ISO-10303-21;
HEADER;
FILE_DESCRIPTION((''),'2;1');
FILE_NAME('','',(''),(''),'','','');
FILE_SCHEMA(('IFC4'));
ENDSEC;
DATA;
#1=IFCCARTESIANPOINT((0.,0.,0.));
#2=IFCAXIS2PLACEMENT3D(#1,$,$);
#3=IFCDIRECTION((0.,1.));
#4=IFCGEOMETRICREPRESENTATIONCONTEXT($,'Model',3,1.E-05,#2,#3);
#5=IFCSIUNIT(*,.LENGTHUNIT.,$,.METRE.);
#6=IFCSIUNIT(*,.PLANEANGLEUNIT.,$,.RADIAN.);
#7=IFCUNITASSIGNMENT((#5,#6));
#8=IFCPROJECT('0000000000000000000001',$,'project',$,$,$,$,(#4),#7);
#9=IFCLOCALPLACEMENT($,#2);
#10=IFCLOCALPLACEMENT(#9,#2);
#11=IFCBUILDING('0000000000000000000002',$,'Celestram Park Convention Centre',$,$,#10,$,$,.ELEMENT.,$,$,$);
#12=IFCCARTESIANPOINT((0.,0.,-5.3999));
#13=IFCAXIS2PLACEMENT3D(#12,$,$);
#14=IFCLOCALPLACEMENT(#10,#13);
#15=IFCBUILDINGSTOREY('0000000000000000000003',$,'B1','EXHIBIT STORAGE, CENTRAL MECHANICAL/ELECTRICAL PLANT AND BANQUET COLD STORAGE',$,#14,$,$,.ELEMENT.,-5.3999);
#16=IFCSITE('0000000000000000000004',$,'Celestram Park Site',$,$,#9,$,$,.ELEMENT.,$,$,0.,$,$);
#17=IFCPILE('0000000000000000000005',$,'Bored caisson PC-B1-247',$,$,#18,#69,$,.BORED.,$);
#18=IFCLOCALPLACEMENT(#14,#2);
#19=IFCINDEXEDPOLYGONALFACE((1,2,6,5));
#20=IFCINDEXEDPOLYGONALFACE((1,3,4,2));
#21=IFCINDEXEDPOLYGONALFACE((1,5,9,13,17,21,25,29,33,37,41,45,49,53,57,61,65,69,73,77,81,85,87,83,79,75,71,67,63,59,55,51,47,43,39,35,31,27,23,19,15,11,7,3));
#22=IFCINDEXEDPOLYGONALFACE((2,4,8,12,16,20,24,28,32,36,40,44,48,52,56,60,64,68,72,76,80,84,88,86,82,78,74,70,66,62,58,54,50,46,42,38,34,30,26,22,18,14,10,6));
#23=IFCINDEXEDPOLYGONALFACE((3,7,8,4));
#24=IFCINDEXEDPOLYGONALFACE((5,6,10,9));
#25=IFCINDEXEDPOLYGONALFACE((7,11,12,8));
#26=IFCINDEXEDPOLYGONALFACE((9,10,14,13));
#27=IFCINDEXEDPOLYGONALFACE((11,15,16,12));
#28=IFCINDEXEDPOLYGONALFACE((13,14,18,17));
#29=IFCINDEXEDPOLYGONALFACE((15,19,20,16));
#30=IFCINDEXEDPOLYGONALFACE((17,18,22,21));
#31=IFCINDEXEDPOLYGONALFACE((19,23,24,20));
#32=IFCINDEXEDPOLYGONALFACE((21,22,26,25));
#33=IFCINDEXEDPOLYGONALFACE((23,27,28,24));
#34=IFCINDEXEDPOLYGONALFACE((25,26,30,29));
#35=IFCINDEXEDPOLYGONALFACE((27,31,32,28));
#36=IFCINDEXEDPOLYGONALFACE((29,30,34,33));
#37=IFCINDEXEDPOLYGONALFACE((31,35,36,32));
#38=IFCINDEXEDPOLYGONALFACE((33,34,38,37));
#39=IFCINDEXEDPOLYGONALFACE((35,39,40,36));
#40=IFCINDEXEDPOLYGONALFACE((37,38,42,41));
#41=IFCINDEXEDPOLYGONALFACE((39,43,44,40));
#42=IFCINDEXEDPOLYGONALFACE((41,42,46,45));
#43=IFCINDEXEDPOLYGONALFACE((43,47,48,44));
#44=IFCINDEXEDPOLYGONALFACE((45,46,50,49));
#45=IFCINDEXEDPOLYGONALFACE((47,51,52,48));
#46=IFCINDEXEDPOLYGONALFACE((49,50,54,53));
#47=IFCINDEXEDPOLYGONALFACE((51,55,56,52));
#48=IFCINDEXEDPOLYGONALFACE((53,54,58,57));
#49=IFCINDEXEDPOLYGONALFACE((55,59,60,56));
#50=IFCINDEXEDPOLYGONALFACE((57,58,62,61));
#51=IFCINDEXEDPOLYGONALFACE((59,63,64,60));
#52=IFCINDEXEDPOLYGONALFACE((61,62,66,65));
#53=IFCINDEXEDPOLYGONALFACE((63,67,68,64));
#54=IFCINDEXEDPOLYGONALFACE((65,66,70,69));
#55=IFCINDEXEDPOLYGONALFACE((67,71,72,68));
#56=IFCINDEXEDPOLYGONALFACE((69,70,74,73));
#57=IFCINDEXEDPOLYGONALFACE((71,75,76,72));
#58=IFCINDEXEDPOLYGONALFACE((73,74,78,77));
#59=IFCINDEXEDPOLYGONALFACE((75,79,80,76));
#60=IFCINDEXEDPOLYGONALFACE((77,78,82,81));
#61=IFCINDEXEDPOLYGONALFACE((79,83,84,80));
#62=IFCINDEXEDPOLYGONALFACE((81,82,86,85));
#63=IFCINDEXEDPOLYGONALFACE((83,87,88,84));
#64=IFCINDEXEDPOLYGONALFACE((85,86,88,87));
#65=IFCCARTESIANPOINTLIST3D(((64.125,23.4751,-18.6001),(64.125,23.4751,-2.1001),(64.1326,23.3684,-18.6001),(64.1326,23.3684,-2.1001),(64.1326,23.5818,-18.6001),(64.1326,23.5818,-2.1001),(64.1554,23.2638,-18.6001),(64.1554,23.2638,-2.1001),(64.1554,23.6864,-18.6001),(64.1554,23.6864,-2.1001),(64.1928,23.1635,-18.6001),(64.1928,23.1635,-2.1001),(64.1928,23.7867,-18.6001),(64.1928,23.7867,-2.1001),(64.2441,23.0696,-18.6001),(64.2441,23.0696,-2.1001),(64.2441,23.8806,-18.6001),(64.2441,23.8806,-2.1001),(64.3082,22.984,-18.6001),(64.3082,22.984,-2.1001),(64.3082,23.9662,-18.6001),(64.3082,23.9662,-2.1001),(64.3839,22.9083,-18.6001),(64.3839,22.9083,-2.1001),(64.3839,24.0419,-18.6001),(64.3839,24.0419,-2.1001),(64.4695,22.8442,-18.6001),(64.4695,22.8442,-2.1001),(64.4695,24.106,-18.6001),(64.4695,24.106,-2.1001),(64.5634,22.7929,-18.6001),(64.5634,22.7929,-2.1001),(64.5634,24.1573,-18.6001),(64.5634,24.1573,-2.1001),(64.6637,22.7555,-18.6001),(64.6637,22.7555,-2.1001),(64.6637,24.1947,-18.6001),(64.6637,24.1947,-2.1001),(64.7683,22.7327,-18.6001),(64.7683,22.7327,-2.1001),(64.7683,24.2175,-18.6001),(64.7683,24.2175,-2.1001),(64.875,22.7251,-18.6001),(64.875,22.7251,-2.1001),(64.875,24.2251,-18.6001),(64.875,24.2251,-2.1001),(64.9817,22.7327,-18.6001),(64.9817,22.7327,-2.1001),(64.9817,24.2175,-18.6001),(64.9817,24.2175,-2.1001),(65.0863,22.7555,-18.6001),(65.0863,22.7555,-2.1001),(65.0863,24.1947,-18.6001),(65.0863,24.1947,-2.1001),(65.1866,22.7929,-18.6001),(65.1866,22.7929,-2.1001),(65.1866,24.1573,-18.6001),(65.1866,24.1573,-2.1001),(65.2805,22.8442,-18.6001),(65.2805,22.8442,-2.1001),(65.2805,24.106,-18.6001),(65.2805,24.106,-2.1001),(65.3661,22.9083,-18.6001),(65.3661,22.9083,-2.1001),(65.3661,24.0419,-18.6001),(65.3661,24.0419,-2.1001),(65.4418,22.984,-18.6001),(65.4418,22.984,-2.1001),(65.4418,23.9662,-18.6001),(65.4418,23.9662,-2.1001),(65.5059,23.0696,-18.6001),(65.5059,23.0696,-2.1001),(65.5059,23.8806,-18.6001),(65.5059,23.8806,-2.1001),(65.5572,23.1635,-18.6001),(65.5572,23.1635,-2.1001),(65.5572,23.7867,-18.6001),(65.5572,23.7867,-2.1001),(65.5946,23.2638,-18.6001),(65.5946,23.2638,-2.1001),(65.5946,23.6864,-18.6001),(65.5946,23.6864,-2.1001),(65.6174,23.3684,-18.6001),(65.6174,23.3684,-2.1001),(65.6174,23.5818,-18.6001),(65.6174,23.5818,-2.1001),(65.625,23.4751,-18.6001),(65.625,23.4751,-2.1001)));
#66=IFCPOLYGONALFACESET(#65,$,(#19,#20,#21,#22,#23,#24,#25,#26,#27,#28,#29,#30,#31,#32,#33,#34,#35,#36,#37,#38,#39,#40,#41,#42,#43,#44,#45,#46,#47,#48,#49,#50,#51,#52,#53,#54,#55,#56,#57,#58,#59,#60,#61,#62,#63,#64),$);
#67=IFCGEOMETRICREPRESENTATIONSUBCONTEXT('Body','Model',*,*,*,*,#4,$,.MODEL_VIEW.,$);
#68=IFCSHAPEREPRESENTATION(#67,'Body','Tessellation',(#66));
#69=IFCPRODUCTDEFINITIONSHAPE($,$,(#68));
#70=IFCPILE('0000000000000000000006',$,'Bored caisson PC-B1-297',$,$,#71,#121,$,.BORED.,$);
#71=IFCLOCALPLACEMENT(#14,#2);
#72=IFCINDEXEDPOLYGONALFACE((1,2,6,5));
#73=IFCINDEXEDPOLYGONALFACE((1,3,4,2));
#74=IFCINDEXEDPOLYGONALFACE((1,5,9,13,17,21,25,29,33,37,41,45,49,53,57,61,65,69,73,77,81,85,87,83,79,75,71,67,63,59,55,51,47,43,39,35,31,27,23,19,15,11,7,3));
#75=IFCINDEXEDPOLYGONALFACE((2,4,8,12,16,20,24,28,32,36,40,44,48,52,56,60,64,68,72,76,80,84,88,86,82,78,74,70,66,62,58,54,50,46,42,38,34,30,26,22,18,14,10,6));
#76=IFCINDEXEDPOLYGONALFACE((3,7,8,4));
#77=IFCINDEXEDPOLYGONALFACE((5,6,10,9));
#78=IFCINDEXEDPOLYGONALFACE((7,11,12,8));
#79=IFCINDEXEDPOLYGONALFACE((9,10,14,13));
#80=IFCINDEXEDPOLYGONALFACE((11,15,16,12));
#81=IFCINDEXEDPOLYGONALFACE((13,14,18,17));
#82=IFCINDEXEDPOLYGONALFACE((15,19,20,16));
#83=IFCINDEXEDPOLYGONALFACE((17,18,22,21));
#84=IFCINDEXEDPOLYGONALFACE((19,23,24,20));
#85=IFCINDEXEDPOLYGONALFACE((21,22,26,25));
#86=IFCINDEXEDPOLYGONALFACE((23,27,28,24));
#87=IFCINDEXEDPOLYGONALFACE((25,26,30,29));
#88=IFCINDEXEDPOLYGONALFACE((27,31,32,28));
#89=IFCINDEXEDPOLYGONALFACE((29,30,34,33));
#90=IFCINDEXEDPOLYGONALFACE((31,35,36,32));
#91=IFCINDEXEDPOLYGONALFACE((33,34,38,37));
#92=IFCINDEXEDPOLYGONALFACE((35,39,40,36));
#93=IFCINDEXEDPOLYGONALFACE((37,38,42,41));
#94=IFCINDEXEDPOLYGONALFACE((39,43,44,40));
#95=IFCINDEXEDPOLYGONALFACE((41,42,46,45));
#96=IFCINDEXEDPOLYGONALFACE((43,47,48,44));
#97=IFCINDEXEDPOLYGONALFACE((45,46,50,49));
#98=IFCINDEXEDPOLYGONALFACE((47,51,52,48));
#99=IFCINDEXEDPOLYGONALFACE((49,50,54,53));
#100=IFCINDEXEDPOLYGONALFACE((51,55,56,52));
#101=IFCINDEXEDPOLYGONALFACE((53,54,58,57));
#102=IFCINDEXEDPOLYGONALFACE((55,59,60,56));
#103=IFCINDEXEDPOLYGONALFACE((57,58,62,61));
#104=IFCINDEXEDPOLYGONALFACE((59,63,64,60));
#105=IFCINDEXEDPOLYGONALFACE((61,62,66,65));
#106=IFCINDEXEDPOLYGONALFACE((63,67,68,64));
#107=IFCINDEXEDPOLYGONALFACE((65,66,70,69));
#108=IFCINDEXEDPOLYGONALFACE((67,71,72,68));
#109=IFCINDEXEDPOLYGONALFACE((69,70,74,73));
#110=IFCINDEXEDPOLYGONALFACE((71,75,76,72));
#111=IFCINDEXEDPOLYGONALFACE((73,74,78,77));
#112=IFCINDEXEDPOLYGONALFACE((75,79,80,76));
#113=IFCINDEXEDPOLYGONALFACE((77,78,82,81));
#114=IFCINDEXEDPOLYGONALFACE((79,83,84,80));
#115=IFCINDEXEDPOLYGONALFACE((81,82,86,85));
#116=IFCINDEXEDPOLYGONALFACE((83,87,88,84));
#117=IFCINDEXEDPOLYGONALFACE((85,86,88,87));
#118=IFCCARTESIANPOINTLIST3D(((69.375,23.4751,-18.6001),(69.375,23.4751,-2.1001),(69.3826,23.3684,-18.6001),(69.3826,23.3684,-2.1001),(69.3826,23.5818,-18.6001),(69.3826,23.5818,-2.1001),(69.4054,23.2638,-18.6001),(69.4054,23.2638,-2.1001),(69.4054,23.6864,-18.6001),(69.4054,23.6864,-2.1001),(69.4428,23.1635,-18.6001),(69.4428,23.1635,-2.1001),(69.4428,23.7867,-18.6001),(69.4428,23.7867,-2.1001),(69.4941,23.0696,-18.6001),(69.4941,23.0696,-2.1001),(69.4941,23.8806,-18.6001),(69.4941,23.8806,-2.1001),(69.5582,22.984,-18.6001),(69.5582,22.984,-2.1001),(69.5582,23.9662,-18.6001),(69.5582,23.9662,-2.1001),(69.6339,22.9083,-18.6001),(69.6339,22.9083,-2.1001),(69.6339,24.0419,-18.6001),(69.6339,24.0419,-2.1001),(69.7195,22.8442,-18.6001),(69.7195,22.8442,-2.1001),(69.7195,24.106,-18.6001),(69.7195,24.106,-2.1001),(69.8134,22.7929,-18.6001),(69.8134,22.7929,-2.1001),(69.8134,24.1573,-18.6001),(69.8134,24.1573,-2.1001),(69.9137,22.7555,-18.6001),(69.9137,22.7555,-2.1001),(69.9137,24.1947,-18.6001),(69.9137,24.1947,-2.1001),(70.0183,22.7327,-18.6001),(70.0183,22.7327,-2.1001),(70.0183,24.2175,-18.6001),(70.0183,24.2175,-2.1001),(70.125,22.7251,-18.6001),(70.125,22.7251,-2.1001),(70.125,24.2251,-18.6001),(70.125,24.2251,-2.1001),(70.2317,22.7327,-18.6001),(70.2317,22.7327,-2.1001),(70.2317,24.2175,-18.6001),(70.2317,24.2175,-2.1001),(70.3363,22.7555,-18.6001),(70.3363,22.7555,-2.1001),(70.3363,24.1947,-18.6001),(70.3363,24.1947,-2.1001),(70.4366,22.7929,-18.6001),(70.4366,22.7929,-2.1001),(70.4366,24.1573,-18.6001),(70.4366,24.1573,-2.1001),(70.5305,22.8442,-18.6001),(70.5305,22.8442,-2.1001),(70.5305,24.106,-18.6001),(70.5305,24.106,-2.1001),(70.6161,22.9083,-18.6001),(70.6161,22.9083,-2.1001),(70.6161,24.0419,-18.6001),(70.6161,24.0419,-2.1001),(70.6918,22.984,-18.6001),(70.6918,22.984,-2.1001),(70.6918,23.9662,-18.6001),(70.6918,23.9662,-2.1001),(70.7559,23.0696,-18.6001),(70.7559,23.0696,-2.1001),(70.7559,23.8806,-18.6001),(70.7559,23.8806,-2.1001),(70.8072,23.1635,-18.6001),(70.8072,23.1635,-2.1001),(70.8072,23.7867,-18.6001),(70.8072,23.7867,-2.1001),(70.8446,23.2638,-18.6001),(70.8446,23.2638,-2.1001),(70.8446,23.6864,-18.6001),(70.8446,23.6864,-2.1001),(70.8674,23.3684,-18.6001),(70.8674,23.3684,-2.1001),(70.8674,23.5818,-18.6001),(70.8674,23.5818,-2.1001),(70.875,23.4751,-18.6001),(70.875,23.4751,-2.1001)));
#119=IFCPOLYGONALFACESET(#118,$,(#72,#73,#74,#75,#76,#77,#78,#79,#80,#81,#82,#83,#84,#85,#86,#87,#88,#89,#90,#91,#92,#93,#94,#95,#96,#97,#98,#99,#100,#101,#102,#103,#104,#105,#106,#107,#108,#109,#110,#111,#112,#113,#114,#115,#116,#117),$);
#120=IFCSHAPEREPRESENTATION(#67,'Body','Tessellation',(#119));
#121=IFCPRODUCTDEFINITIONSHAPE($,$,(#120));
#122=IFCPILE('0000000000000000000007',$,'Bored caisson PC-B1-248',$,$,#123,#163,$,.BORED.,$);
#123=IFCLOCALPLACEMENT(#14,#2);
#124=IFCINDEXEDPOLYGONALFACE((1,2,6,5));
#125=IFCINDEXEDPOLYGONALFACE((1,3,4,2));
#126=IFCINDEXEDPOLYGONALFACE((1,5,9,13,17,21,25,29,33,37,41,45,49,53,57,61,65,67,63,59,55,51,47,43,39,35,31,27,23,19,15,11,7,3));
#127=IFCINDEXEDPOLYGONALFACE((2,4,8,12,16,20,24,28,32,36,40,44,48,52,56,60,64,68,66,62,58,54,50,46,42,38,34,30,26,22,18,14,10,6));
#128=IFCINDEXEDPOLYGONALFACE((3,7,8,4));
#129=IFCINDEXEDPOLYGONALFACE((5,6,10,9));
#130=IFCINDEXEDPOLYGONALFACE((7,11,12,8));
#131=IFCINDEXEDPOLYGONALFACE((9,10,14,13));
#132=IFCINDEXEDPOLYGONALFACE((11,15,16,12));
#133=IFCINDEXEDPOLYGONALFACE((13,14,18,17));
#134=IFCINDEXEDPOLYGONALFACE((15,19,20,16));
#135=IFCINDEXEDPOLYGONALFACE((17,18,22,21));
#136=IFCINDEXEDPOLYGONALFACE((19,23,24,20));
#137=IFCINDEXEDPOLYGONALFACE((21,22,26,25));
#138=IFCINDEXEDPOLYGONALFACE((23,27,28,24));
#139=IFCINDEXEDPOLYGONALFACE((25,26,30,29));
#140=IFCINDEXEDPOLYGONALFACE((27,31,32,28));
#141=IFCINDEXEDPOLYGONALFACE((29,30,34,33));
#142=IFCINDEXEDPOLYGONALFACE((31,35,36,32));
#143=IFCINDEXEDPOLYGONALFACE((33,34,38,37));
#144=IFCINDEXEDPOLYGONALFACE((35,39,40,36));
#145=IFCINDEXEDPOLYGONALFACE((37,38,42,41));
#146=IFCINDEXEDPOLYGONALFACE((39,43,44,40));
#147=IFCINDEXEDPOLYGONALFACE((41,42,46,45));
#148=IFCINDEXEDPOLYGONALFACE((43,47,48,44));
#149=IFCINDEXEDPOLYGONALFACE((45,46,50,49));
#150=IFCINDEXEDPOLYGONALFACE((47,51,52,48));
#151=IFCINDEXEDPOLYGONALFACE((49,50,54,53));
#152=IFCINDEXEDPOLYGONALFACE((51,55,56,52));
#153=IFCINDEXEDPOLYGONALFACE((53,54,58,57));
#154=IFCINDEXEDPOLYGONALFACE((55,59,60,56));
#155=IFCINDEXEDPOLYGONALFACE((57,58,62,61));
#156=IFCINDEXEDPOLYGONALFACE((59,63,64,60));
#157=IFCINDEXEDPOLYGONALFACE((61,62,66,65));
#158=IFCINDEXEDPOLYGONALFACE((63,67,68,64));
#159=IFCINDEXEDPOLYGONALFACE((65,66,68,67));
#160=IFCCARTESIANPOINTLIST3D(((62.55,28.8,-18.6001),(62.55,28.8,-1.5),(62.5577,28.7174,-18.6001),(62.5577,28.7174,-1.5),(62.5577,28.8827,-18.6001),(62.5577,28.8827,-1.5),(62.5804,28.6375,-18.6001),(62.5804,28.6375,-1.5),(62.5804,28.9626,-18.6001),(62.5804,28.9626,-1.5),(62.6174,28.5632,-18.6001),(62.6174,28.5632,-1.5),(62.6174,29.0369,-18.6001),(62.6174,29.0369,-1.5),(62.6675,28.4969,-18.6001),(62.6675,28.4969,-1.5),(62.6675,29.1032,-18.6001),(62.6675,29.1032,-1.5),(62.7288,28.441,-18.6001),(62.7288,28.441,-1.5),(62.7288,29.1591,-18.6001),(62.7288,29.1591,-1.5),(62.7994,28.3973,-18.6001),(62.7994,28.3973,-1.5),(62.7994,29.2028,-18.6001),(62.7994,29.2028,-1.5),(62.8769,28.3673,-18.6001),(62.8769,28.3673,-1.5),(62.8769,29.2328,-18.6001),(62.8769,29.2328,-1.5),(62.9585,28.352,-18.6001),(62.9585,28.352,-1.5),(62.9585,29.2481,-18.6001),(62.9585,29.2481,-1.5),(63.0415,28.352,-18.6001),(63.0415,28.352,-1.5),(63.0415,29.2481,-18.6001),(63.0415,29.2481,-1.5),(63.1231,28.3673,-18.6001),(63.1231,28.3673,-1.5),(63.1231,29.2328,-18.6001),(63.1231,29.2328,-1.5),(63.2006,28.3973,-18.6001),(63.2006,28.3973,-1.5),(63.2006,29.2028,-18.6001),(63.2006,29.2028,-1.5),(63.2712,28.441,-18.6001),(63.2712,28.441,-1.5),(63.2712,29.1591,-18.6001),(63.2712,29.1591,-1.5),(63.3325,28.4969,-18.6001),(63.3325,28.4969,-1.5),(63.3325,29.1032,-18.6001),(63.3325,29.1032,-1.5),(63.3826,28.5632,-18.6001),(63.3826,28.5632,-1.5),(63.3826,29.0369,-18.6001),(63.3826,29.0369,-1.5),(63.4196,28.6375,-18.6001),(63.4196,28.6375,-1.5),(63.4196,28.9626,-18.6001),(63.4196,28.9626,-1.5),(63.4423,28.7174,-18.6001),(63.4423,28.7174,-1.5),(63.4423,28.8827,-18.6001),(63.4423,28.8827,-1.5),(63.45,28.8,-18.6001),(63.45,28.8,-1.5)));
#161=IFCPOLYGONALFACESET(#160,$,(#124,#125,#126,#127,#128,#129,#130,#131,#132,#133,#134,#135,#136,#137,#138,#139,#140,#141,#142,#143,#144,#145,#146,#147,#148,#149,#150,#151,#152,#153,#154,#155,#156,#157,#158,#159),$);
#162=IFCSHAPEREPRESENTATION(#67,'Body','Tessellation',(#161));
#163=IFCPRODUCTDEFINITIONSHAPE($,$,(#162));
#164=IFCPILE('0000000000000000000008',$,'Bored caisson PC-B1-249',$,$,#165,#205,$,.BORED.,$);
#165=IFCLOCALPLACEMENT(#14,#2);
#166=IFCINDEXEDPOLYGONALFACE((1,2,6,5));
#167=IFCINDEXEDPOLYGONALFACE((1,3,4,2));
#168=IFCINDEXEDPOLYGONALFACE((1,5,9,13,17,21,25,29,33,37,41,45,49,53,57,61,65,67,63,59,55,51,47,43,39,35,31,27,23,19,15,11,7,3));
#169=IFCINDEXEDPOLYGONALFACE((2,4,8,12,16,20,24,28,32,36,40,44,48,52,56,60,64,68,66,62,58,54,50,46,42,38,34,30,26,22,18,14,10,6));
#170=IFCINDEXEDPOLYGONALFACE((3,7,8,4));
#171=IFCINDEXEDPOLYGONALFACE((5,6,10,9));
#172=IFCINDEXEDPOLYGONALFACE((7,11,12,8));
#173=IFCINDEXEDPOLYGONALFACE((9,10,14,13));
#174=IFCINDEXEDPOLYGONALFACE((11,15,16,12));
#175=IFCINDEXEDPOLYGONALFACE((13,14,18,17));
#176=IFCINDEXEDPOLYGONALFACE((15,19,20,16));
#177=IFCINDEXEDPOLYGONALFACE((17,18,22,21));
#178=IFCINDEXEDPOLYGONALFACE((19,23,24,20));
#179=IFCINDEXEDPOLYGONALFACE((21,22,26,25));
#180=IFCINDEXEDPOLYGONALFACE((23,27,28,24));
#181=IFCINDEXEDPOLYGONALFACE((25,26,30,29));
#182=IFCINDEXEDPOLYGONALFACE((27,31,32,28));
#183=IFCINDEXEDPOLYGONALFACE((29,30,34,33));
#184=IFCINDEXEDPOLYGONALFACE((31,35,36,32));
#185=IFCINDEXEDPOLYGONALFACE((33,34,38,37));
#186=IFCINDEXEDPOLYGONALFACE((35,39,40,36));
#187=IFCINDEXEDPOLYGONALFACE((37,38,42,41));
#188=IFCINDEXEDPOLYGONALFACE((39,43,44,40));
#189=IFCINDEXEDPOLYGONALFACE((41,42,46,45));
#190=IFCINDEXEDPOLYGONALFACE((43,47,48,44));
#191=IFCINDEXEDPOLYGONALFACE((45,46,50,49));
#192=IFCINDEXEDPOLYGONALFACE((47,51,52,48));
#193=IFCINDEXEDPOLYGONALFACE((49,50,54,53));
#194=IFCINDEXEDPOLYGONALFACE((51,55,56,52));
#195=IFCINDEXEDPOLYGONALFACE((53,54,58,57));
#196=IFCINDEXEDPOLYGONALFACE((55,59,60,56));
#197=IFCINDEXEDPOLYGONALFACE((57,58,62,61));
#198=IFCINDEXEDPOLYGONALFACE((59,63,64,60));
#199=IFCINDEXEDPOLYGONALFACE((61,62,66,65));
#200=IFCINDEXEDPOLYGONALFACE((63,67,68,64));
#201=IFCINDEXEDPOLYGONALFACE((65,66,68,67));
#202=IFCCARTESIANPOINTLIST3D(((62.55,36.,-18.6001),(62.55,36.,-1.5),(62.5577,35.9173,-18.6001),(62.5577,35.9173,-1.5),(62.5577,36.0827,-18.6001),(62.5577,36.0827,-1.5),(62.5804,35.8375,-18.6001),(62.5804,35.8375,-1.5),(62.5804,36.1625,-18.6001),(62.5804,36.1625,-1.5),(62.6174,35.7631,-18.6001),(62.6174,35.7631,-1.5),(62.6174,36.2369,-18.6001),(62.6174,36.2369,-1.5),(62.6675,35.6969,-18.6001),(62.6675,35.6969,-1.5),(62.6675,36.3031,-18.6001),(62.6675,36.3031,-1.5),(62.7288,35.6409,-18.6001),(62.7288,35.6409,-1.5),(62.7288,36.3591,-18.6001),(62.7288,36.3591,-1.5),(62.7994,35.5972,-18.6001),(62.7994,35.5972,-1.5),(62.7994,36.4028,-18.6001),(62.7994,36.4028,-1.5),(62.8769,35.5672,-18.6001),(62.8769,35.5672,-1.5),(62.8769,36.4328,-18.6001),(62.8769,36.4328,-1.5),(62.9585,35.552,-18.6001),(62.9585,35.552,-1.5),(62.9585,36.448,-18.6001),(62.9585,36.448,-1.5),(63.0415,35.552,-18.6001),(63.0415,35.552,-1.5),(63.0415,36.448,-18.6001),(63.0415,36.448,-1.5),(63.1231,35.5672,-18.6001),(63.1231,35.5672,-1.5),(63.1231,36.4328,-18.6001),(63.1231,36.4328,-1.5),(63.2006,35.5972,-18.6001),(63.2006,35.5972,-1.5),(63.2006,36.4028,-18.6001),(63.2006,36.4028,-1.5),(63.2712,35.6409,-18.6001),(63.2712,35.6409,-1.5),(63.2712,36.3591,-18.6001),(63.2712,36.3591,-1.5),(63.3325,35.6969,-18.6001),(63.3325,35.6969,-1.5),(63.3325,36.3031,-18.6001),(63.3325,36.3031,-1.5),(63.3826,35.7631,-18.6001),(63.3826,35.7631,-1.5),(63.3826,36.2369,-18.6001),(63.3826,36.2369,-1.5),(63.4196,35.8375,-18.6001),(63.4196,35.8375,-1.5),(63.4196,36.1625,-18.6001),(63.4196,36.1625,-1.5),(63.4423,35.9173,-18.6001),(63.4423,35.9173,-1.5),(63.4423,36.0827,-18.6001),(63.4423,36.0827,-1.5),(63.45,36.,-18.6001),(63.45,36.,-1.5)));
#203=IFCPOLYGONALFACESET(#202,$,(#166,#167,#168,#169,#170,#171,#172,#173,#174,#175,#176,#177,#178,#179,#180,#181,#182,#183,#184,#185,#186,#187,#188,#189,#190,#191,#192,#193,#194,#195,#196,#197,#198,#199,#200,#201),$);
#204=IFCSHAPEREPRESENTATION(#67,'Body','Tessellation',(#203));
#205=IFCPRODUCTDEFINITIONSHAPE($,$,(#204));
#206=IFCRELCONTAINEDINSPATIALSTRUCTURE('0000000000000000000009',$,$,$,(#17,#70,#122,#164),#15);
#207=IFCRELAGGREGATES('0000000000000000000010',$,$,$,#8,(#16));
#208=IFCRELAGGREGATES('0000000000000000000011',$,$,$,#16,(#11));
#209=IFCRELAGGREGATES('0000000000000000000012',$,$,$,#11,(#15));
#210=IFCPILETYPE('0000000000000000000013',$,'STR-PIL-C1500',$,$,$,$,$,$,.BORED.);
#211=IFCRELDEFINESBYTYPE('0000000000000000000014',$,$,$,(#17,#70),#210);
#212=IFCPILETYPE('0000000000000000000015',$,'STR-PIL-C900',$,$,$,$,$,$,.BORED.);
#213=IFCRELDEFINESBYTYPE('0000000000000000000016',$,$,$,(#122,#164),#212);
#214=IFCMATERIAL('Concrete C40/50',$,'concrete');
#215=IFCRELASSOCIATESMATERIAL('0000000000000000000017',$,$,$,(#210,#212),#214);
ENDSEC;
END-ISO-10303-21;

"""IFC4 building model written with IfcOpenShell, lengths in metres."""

from ifc_helpers import new_model, si_unit, direction, frame, origin, origin_2d, place, context, subcontext, project, spatial, circle, extrude, material, material_profile, profile_set, type_object, element, save


model = new_model("IFC4")

# Units and contexts
model_context = context("Model", 3, precision=1e-05, world=origin(), true_north=direction((0.0, 1.0)))
body_context = subcontext(model_context, "Body", "Model", "MODEL_VIEW")
ifc_project = project(units=[si_unit("LENGTHUNIT", "METRE"), si_unit("PLANEANGLEUNIT", "RADIAN")], contexts=[model_context])

# Site, building, storey
site_placement = place(None, origin())
site = spatial("IfcSite", under=ifc_project, at=site_placement, Name="Celestram Park Site", CompositionType="ELEMENT", RefElevation=0.0)
building_placement = place(site_placement, origin())
building = spatial("IfcBuilding", under=site, at=building_placement, Name="Celestram Park Convention Centre", CompositionType="ELEMENT")
storey_placement = place(building_placement, frame((0.0, 0.0, -5.3999)))
storey = spatial("IfcBuildingStorey", under=building, at=storey_placement, Name="B1", Description="EXHIBIT STORAGE, CENTRAL MECHANICAL/ELECTRICAL PLANT AND BANQUET COLD STORAGE", CompositionType="ELEMENT", Elevation=-5.3999)

# Shared definitions
ifc_material_1 = material(Name="Concrete C40/50", Category="concrete")

# Piles
ifc_material_profile_1 = material_profile(ifc_material_1, circle(Radius=0.75, at=origin_2d()), Name="CAISSON1500")
ifc_profile_set_1 = profile_set([ifc_material_profile_1], Name="Concrete C40/50")
pile_type_1 = type_object("IfcPileType", Name="STR-PIL-C1500", PredefinedType="BORED", material=ifc_profile_set_1)
for number, where, z_axis, x_axis, name in (
    (1, (64.875, 23.4751, -2.1001), (0.0, 0.0, -1.0), (1.0, 0.0, 0.0), "Bored caisson PC-B1-247"),
    (2, (70.125, 23.4751, -2.1001), (0.0, 0.0, -1.0), (1.0, 0.0, 0.0), "Bored caisson PC-B1-297"),
):
    element("IfcPile", number, at=place(storey_placement, frame(where, z_axis=z_axis, x_axis=x_axis)), inside=storey, type_object=pile_type_1, Name=name, PredefinedType="BORED", context=body_context, shape_type="SweptSolid", body=[
        extrude(circle(Radius=0.75, at=origin_2d()), origin(), (0.0, 0.0, 1.0), 16.5),
    ])
ifc_material_profile_2 = material_profile(ifc_material_1, circle(Radius=0.45, at=origin_2d()), Name="CAISSON900")
ifc_profile_set_2 = profile_set([ifc_material_profile_2], Name="Concrete C40/50")
pile_type_2 = type_object("IfcPileType", Name="STR-PIL-C900", PredefinedType="BORED", material=ifc_profile_set_2)
for number, where, z_axis, x_axis, name in (
    (3, (63.0, 28.8, -1.5), (0.0, 0.0, -1.0), (1.0, 0.0, 0.0), "Bored caisson PC-B1-248"),
    (4, (63.0, 36.0, -1.5), (0.0, 0.0, -1.0), (1.0, 0.0, 0.0), "Bored caisson PC-B1-249"),
):
    element("IfcPile", number, at=place(storey_placement, frame(where, z_axis=z_axis, x_axis=x_axis)), inside=storey, type_object=pile_type_2, Name=name, PredefinedType="BORED", context=body_context, shape_type="SweptSolid", body=[
        extrude(circle(Radius=0.45, at=origin_2d()), origin(), (0.0, 0.0, 1.0), 17.1001),
    ])

save(model, "model.ifc")
